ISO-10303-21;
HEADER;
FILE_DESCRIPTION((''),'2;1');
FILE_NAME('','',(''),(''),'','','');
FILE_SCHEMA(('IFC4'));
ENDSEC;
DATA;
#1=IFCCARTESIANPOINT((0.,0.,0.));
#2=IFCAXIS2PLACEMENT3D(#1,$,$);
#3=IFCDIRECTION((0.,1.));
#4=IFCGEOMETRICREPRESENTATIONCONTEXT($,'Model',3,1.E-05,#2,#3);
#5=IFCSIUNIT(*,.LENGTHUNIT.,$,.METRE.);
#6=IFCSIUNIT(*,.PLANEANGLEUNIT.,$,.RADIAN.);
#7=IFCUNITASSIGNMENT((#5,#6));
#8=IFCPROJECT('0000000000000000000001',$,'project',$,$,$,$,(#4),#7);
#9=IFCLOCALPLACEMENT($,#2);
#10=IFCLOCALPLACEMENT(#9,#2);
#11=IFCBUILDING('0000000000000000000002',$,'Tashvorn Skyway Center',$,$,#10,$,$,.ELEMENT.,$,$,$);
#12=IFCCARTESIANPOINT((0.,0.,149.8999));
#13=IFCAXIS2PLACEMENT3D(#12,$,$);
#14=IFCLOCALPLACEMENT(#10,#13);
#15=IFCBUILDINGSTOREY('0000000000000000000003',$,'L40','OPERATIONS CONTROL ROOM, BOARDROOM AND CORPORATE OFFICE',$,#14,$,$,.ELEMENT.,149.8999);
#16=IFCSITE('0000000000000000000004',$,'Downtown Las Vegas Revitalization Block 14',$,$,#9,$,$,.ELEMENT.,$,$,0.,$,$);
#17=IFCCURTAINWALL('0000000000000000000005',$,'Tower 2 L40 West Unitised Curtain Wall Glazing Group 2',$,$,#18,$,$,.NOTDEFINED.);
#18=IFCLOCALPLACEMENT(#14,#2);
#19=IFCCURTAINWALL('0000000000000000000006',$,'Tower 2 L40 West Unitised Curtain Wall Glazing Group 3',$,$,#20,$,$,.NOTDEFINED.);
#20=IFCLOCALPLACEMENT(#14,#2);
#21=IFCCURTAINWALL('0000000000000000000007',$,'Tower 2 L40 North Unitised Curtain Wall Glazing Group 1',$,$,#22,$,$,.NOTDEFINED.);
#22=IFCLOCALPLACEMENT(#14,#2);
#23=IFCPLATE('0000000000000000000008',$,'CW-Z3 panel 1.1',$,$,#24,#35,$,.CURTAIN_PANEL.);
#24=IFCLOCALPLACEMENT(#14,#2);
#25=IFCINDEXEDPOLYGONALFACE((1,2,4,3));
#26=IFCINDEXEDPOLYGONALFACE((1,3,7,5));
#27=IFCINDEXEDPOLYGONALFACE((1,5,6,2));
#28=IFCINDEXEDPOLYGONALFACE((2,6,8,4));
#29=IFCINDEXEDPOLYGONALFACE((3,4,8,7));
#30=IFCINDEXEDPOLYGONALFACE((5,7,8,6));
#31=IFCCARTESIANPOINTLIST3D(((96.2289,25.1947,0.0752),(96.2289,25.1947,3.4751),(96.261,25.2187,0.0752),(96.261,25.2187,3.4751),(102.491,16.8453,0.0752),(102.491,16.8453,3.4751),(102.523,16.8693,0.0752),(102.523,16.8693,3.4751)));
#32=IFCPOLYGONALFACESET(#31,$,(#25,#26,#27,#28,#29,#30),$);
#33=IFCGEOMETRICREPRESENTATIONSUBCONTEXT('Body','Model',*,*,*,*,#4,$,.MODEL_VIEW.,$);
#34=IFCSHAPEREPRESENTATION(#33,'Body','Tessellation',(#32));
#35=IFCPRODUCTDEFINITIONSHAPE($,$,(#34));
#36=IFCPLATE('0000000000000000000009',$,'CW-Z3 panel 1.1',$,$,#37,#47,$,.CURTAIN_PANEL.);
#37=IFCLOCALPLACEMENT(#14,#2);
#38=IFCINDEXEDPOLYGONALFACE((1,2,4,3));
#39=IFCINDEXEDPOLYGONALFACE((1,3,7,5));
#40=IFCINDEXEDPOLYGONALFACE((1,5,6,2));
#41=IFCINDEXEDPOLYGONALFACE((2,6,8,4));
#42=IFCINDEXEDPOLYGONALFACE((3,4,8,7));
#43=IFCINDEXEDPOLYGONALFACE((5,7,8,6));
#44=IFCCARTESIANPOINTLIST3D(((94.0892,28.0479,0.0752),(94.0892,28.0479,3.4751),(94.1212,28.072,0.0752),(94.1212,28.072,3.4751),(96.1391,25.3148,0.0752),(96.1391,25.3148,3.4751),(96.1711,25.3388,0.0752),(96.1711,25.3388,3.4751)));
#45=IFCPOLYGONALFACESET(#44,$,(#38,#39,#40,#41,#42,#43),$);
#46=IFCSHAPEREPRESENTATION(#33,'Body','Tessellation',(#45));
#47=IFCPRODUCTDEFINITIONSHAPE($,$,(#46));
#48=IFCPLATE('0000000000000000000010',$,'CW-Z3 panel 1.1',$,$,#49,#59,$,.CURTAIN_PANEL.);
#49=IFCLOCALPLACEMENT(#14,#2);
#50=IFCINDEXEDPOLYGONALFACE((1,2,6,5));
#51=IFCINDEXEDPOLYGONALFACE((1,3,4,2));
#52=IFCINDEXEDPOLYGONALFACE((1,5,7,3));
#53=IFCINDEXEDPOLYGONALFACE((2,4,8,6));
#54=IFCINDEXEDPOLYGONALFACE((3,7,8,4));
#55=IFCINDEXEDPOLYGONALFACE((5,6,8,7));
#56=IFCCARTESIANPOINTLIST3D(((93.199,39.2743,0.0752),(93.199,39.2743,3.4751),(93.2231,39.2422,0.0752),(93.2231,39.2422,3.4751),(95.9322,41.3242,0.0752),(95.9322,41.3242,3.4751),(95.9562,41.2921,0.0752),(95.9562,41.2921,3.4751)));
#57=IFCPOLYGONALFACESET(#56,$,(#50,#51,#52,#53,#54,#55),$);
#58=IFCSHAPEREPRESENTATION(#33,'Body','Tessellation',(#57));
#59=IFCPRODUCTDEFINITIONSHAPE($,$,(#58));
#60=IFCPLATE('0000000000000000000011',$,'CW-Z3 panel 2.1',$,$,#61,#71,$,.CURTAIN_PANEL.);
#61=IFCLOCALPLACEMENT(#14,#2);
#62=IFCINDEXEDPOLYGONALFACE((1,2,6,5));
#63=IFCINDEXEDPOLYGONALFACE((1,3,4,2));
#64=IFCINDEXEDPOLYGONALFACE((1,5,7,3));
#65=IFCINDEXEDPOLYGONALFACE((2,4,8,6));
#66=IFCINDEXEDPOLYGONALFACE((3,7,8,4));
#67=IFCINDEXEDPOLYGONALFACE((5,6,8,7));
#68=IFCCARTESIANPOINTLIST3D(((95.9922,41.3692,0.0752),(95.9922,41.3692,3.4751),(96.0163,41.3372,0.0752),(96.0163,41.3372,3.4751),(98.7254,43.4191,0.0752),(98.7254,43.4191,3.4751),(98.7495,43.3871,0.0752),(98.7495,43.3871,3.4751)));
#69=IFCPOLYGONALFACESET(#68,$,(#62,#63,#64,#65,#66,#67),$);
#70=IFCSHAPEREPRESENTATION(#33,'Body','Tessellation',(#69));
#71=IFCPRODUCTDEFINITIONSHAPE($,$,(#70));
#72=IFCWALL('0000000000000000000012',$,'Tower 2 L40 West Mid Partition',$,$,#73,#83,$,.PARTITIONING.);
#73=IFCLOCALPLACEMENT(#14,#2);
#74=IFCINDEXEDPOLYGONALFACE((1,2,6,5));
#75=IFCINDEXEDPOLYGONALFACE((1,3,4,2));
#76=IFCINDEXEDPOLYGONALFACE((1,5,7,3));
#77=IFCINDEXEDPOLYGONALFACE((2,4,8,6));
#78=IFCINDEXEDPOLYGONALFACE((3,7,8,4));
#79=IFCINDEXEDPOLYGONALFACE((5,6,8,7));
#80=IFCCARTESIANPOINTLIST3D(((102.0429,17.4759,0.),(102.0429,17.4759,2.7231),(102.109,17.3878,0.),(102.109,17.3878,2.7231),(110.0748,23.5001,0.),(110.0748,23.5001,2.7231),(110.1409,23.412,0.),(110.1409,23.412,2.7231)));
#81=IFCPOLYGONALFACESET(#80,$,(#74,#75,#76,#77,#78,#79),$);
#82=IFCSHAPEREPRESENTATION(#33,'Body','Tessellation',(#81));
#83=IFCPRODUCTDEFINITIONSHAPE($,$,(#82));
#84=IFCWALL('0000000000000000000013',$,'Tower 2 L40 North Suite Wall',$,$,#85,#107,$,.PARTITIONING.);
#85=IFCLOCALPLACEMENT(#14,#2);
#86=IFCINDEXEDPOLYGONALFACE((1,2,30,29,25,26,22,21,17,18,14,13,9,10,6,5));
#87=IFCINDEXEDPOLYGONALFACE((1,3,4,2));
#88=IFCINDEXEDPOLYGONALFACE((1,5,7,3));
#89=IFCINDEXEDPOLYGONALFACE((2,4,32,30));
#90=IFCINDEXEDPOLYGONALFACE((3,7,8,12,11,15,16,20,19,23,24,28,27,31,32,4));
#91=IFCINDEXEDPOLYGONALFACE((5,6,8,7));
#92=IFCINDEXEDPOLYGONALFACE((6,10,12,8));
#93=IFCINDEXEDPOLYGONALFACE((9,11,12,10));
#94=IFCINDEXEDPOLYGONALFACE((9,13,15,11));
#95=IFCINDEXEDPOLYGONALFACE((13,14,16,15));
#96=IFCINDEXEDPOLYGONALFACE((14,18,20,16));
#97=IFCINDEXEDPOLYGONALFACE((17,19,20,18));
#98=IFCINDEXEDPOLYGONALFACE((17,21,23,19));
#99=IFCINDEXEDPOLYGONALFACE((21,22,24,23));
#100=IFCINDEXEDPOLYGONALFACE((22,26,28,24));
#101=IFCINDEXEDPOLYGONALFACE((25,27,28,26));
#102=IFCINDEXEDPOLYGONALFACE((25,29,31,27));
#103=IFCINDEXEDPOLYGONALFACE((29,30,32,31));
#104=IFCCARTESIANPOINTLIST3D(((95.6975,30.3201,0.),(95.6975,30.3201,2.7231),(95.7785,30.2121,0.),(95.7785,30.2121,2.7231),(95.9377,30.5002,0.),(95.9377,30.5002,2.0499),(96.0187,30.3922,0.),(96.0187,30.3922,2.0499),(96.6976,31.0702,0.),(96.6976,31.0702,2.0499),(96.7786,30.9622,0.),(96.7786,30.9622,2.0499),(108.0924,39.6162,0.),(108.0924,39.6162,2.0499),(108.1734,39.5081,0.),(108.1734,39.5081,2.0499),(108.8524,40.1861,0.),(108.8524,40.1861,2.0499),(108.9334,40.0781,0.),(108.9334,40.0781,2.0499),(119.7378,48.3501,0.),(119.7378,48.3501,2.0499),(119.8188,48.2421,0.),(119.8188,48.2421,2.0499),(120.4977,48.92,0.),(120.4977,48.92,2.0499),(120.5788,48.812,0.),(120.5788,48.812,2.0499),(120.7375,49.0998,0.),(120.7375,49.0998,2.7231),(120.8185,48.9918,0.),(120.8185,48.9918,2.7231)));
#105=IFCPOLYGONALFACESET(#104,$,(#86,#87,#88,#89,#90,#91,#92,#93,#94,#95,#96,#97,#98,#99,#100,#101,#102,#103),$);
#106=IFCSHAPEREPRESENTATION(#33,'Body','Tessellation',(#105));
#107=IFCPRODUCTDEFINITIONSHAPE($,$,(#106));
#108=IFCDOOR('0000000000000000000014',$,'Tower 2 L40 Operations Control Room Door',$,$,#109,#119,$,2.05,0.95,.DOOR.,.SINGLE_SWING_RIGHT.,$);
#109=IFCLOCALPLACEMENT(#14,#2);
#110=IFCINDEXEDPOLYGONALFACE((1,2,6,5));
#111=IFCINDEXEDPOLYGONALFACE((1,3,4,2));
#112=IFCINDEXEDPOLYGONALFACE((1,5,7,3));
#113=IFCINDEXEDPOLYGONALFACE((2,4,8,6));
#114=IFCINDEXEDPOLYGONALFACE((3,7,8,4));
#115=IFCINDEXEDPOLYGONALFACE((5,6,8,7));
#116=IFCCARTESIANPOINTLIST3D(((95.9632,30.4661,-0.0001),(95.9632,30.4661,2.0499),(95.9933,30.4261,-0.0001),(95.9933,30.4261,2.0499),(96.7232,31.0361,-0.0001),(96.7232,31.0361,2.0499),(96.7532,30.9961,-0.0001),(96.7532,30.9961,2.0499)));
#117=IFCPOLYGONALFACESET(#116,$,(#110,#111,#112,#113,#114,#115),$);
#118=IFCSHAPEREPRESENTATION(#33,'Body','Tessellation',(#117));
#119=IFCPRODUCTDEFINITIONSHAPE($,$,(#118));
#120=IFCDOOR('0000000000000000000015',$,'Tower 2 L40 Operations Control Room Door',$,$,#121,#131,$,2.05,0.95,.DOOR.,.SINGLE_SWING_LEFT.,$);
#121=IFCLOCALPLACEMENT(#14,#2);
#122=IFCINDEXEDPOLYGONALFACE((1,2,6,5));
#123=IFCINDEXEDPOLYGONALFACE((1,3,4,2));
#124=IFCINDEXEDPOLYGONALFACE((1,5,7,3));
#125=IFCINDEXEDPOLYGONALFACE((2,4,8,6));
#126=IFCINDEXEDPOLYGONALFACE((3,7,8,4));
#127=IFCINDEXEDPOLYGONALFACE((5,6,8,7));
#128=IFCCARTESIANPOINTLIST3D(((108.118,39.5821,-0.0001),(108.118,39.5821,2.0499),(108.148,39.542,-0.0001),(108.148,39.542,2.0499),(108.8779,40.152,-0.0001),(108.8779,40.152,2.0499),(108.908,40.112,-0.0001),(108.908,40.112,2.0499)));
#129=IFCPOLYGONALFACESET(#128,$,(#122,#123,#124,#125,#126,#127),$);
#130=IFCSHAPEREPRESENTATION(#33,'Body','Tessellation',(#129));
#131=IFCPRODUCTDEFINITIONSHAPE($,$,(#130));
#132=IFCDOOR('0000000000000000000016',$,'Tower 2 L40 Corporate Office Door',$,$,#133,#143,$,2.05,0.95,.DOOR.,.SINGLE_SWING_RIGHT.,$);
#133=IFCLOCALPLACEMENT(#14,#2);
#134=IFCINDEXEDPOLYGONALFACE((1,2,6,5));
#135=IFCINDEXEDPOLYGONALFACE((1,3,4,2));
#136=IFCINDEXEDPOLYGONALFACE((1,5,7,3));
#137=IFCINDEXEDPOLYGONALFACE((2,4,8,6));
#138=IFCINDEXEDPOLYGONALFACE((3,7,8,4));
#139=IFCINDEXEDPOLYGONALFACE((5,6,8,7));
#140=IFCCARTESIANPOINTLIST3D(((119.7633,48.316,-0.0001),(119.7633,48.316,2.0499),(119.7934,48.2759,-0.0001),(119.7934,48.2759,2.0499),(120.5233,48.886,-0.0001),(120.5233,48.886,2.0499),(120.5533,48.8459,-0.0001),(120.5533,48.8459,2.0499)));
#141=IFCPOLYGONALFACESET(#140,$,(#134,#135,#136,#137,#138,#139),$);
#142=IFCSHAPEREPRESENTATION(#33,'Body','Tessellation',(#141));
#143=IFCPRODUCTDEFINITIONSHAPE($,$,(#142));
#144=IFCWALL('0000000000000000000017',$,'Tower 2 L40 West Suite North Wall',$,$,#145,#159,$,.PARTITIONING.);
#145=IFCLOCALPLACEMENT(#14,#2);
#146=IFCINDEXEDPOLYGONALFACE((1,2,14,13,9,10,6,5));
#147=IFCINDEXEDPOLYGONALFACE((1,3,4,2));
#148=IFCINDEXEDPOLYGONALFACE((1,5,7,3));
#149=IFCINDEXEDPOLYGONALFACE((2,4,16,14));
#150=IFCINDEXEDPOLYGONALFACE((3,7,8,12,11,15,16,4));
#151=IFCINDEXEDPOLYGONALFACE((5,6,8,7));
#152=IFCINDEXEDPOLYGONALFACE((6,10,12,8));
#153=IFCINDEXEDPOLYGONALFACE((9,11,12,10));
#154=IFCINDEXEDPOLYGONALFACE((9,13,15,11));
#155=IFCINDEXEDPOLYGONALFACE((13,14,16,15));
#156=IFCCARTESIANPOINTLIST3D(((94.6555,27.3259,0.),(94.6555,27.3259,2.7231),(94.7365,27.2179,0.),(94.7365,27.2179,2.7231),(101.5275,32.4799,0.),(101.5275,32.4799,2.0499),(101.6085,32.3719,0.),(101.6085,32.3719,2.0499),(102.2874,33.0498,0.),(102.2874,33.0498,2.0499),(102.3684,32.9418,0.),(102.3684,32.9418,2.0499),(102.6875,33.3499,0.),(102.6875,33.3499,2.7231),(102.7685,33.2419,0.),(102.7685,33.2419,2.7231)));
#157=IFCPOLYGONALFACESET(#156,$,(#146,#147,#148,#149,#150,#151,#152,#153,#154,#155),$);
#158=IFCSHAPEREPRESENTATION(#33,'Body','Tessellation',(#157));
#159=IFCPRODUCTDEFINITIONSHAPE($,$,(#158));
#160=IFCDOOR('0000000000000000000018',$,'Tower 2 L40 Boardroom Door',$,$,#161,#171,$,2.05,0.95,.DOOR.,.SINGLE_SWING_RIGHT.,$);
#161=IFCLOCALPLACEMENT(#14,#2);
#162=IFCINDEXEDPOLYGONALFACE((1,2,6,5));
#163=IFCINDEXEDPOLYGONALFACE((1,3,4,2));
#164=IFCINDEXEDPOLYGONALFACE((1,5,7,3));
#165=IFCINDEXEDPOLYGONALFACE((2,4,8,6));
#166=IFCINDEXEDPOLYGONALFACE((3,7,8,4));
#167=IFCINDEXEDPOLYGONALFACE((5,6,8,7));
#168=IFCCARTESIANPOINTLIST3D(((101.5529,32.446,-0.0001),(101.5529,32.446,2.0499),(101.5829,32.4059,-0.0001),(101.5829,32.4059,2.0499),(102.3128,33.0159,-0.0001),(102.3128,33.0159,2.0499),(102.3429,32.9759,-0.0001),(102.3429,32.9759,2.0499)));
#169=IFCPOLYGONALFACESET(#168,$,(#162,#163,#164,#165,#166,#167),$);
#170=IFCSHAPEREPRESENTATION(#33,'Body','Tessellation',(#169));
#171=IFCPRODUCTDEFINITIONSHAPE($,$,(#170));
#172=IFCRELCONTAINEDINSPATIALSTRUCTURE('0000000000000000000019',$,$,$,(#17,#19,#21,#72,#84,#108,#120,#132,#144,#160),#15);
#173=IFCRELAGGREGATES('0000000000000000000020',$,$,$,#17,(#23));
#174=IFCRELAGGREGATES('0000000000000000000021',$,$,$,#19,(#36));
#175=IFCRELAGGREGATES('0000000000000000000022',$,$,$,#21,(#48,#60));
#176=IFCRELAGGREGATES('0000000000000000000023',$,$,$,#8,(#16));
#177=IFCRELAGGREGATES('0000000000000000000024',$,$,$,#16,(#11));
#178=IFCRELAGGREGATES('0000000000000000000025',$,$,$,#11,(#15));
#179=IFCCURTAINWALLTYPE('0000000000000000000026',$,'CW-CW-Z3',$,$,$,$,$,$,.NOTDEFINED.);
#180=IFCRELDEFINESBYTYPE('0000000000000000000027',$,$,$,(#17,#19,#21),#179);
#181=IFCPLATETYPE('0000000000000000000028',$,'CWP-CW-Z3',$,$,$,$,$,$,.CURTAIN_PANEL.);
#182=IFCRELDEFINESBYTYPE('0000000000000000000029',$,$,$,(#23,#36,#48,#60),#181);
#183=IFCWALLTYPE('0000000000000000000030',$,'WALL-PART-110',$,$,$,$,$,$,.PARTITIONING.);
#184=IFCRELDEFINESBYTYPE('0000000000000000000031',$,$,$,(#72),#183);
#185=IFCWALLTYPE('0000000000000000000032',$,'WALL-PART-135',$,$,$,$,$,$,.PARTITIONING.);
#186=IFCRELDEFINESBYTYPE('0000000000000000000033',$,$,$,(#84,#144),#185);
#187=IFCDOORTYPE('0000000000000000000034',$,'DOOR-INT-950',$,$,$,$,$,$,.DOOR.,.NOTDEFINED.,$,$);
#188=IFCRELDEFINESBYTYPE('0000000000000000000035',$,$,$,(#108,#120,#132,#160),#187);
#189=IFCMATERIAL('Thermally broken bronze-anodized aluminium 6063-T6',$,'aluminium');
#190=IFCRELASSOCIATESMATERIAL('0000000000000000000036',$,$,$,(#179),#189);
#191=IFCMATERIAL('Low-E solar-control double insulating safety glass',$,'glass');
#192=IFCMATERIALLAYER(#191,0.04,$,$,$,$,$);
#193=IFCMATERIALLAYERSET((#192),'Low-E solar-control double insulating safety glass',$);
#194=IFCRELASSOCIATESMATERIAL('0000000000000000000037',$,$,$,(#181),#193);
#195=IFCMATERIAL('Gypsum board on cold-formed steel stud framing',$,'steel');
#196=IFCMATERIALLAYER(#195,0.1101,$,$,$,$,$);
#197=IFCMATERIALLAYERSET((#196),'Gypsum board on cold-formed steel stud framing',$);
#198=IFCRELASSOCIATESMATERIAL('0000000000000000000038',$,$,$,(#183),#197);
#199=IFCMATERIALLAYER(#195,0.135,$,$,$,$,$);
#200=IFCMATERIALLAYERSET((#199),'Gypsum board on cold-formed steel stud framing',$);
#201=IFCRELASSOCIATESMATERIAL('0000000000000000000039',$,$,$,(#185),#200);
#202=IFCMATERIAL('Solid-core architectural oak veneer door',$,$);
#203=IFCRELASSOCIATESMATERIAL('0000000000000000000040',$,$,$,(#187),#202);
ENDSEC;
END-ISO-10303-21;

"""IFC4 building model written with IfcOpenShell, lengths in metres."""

from ifc_helpers import new_model, si_unit, direction, frame, frame_2d, origin, origin_2d, place, context, subcontext, project, spatial, rectangle, extrude, material, layer, layer_set, type_object, element, fill, aggregate, save


model = new_model("IFC4")

# Units and contexts
model_context = context("Model", 3, precision=1e-05, world=origin(), true_north=direction((0.0, 1.0)))
body_context = subcontext(model_context, "Body", "Model", "MODEL_VIEW")
ifc_project = project(units=[si_unit("LENGTHUNIT", "METRE"), si_unit("PLANEANGLEUNIT", "RADIAN")], contexts=[model_context])

# Site, building, storey
site_placement = place(None, origin())
site = spatial("IfcSite", under=ifc_project, at=site_placement, Name="Downtown Las Vegas Revitalization Block 14", CompositionType="ELEMENT", RefElevation=0.0)
building_placement = place(site_placement, origin())
building = spatial("IfcBuilding", under=site, at=building_placement, Name="Tashvorn Skyway Center", CompositionType="ELEMENT")
storey_placement = place(building_placement, frame((0.0, 0.0, 149.8999)))
storey = spatial("IfcBuildingStorey", under=building, at=storey_placement, Name="L40", Description="OPERATIONS CONTROL ROOM, BOARDROOM AND CORPORATE OFFICE", CompositionType="ELEMENT", Elevation=149.8999)

# Shared definitions
ifc_material_1 = material(Name="Thermally broken bronze-anodized aluminium 6063-T6", Category="aluminium")
curtain_wall_type = type_object("IfcCurtainWallType", Name="CW-CW-Z3", PredefinedType="NOTDEFINED", material=ifc_material_1)

# Curtain wall
curtain_wall_1_placement = place(storey_placement, origin())
curtain_wall_1 = element("IfcCurtainWall", 1, at=curtain_wall_1_placement, inside=storey, type_object=curtain_wall_type, Name="Tower 2 L40 West Unitised Curtain Wall Glazing Group 2", PredefinedType="NOTDEFINED")

# Curtain wall
curtain_wall_2_placement = place(storey_placement, origin())
curtain_wall_2 = element("IfcCurtainWall", 2, at=curtain_wall_2_placement, inside=storey, type_object=curtain_wall_type, Name="Tower 2 L40 West Unitised Curtain Wall Glazing Group 3", PredefinedType="NOTDEFINED")

# Curtain wall
curtain_wall_3_placement = place(storey_placement, origin())
curtain_wall_3 = element("IfcCurtainWall", 3, at=curtain_wall_3_placement, inside=storey, type_object=curtain_wall_type, Name="Tower 2 L40 North Unitised Curtain Wall Glazing Group 1", PredefinedType="NOTDEFINED")

# Plates
ifc_material_2 = material(Name="Low-E solar-control double insulating safety glass", Category="glass")
ifc_layer_1 = layer(ifc_material_2, 0.04)
ifc_layer_set_1 = layer_set([ifc_layer_1], Name="Low-E solar-control double insulating safety glass")
plate_type = type_object("IfcPlateType", Name="CWP-CW-Z3", PredefinedType="CURTAIN_PANEL", material=ifc_layer_set_1)
plate_1_placement = place(storey_placement, frame((99.376, 21.032, 0.0752), z_axis=(0.0, 0.0, 1.0), x_axis=(-0.599997, 0.800002, 0.0)))
plate_1 = element("IfcPlate", 4, at=plate_1_placement, type_object=plate_type, Name="CW-Z3 panel 1.1", PredefinedType="CURTAIN_PANEL", context=body_context, shape_type="SweptSolid", body=[
    extrude(rectangle(XDim=10.4368, YDim=0.04, at=origin_2d()), origin(), (0.0, 0.0, 1.0), 3.3999),
])
aggregate(curtain_wall_1, [plate_1])
plate_2_placement = place(storey_placement, frame((95.1301, 26.6934, 0.0752), z_axis=(0.0, 0.0, 1.0), x_axis=(-0.600005, 0.799997, 0.0)))
plate_2 = element("IfcPlate", 5, at=plate_2_placement, type_object=plate_type, Name="CW-Z3 panel 1.1", PredefinedType="CURTAIN_PANEL", context=body_context, shape_type="SweptSolid", body=[
    extrude(rectangle(XDim=3.4165, YDim=0.04, at=origin_2d()), origin(), (0.0, 0.0, 1.0), 3.3999),
])
aggregate(curtain_wall_2, [plate_2])
plate_3_placement = place(storey_placement, frame((94.5776, 40.2832, 0.0752), z_axis=(0.0, 0.0, 1.0), x_axis=(0.799997, 0.600005, 0.0)))
plate_3 = element("IfcPlate", 6, at=plate_3_placement, type_object=plate_type, Name="CW-Z3 panel 1.1", PredefinedType="CURTAIN_PANEL", context=body_context, shape_type="SweptSolid", body=[
    extrude(rectangle(XDim=3.4165, YDim=0.04, at=origin_2d()), origin(), (0.0, 0.0, 1.0), 3.3999),
])
plate_4_placement = place(storey_placement, frame((97.3708, 42.3782, 0.0752), z_axis=(0.0, 0.0, 1.0), x_axis=(0.799997, 0.600005, 0.0)))
plate_4 = element("IfcPlate", 7, at=plate_4_placement, type_object=plate_type, Name="CW-Z3 panel 2.1", PredefinedType="CURTAIN_PANEL", context=body_context, shape_type="SweptSolid", body=[
    extrude(rectangle(XDim=3.4165, YDim=0.04, at=origin_2d()), origin(), (0.0, 0.0, 1.0), 3.3999),
])
aggregate(curtain_wall_3, [plate_3, plate_4])

# Wall
ifc_material_3 = material(Name="Gypsum board on cold-formed steel stud framing", Category="steel")
ifc_layer_2 = layer(ifc_material_3, 0.1101)
ifc_layer_set_2 = layer_set([ifc_layer_2], Name="Gypsum board on cold-formed steel stud framing")
wall_type_1 = type_object("IfcWallType", Name="WALL-PART-110", PredefinedType="PARTITIONING", material=ifc_layer_set_2)
wall_1_placement = place(storey_placement, frame((102.0759, 17.4319, 0.0), z_axis=(0.0, 0.0, 1.0), x_axis=(0.799991, 0.600012, 0.0)))
element("IfcWall", 8, at=wall_1_placement, inside=storey, type_object=wall_type_1, Name="Tower 2 L40 West Mid Partition", PredefinedType="PARTITIONING", context=body_context, shape_type="SweptSolid", body=[
    extrude(rectangle(XDim=10.04, YDim=0.1101, at=frame_2d((5.02, 0.0))), origin(), (0.0, 0.0, 1.0), 2.7231),
])

# Wall, openings, doors
ifc_layer_3 = layer(ifc_material_3, 0.135)
ifc_layer_set_3 = layer_set([ifc_layer_3], Name="Gypsum board on cold-formed steel stud framing")
wall_type_2 = type_object("IfcWallType", Name="WALL-PART-135", PredefinedType="PARTITIONING", material=ifc_layer_set_3)
wall_2_placement = place(storey_placement, frame((95.738, 30.2661, 0.0), z_axis=(0.0, 0.0, 1.0), x_axis=(0.800004, 0.599995, 0.0)))
wall_2 = element("IfcWall", 9, at=wall_2_placement, inside=storey, type_object=wall_type_2, Name="Tower 2 L40 North Suite Wall", PredefinedType="PARTITIONING", context=body_context, shape_type="SweptSolid", body=[
    extrude(rectangle(XDim=31.2998, YDim=0.135, at=frame_2d((15.6499, 0.0))), origin(), (0.0, 0.0, 1.0), 2.7231),
])
opening_1_placement = place(wall_2_placement, frame((0.3, 0.0, 0.0)))
opening_1 = element("IfcOpeningElement", 10, at=opening_1_placement, cuts=wall_2, PredefinedType="OPENING", context=body_context, shape_type="SweptSolid", body=[
    extrude(rectangle(XDim=0.95, YDim=2.05, at=frame_2d((0.4751, 1.0249))), frame((0.0, 0.0774, 0.0), z_axis=(0.0, -1.0, 0.0), x_axis=(1.0, 0.0, 0.0)), (0.0, 0.0, 1.0), 0.155),
])
opening_2_placement = place(wall_2_placement, frame((15.4934, 0.0, 0.0)))
opening_2 = element("IfcOpeningElement", 11, at=opening_2_placement, cuts=wall_2, PredefinedType="OPENING", context=body_context, shape_type="SweptSolid", body=[
    extrude(rectangle(XDim=0.95, YDim=2.05, at=frame_2d((0.4751, 1.0249))), frame((0.0, 0.0774, 0.0), z_axis=(0.0, -1.0, 0.0), x_axis=(1.0, 0.0, 0.0)), (0.0, 0.0, 1.0), 0.155),
])
opening_3_placement = place(wall_2_placement, frame((30.05, 0.0, 0.0)))
opening_3 = element("IfcOpeningElement", 12, at=opening_3_placement, cuts=wall_2, PredefinedType="OPENING", context=body_context, shape_type="SweptSolid", body=[
    extrude(rectangle(XDim=0.95, YDim=2.05, at=frame_2d((0.4751, 1.0249))), frame((0.0, 0.0774, 0.0), z_axis=(0.0, -1.0, 0.0), x_axis=(1.0, 0.0, 0.0)), (0.0, 0.0, 1.0), 0.155),
])
ifc_material_4 = material(Name="Solid-core architectural oak veneer door")
door_type = type_object("IfcDoorType", Name="DOOR-INT-950", OperationType="NOTDEFINED", PredefinedType="DOOR", material=ifc_material_4)
door_1_placement = place(opening_1_placement, origin())
door_1 = element("IfcDoor", 13, at=door_1_placement, inside=storey, type_object=door_type, Name="Tower 2 L40 Operations Control Room Door", OperationType="SINGLE_SWING_RIGHT", OverallHeight=2.05, OverallWidth=0.95, PredefinedType="DOOR", context=body_context, shape_type="SweptSolid", body=[
    extrude(rectangle(XDim=0.95, YDim=2.05, at=frame_2d((0.4751, 1.0249))), frame((0.0, 0.0249, 0.0), z_axis=(0.0, -1.0, 0.0), x_axis=(1.0, 0.0, 0.0)), (0.0, 0.0, 1.0), 0.05),
])
fill(opening_1, door_1)
door_2_placement = place(opening_2_placement, origin())
door_2 = element("IfcDoor", 14, at=door_2_placement, inside=storey, type_object=door_type, Name="Tower 2 L40 Operations Control Room Door", OperationType="SINGLE_SWING_LEFT", OverallHeight=2.05, OverallWidth=0.95, PredefinedType="DOOR", context=body_context, shape_type="SweptSolid", body=[
    extrude(rectangle(XDim=0.95, YDim=2.05, at=frame_2d((0.4751, 1.0249))), frame((0.0, 0.0249, 0.0), z_axis=(0.0, -1.0, 0.0), x_axis=(1.0, 0.0, 0.0)), (0.0, 0.0, 1.0), 0.05),
])
fill(opening_2, door_2)
door_3_placement = place(opening_3_placement, origin())
door_3 = element("IfcDoor", 15, at=door_3_placement, inside=storey, type_object=door_type, Name="Tower 2 L40 Corporate Office Door", OperationType="SINGLE_SWING_RIGHT", OverallHeight=2.05, OverallWidth=0.95, PredefinedType="DOOR", context=body_context, shape_type="SweptSolid", body=[
    extrude(rectangle(XDim=0.95, YDim=2.05, at=frame_2d((0.4751, 1.0249))), frame((0.0, 0.0249, 0.0), z_axis=(0.0, -1.0, 0.0), x_axis=(1.0, 0.0, 0.0)), (0.0, 0.0, 1.0), 0.05),
])
fill(opening_3, door_3)

# Wall, opening, door
wall_3_placement = place(storey_placement, frame((102.728, 33.2959, 0.0), z_axis=(0.0, 0.0, 1.0), x_axis=(-0.800003, -0.599996, 0.0)))
wall_3 = element("IfcWall", 16, at=wall_3_placement, inside=storey, type_object=wall_type_2, Name="Tower 2 L40 West Suite North Wall", PredefinedType="PARTITIONING", context=body_context, shape_type="SweptSolid", body=[
    extrude(rectangle(XDim=10.04, YDim=0.135, at=frame_2d((5.02, 0.0))), origin(), (0.0, 0.0, 1.0), 2.7231),
])
opening_4_placement = place(wall_3_placement, frame((0.5, 0.0, 0.0)))
opening_4 = element("IfcOpeningElement", 17, at=opening_4_placement, cuts=wall_3, PredefinedType="OPENING", context=body_context, shape_type="SweptSolid", body=[
    extrude(rectangle(XDim=0.95, YDim=2.05, at=frame_2d((0.4751, 1.0249))), frame((0.0, 0.0774, 0.0), z_axis=(0.0, -1.0, 0.0), x_axis=(1.0, 0.0, 0.0)), (0.0, 0.0, 1.0), 0.155),
])
door_4_placement = place(opening_4_placement, origin())
door_4 = element("IfcDoor", 18, at=door_4_placement, inside=storey, type_object=door_type, Name="Tower 2 L40 Boardroom Door", OperationType="SINGLE_SWING_RIGHT", OverallHeight=2.05, OverallWidth=0.95, PredefinedType="DOOR", context=body_context, shape_type="SweptSolid", body=[
    extrude(rectangle(XDim=0.95, YDim=2.05, at=frame_2d((0.4751, 1.0249))), frame((0.0, 0.0249, 0.0), z_axis=(0.0, -1.0, 0.0), x_axis=(1.0, 0.0, 0.0)), (0.0, 0.0, 1.0), 0.05),
])
fill(opening_4, door_4)

save(model, "model.ifc")
